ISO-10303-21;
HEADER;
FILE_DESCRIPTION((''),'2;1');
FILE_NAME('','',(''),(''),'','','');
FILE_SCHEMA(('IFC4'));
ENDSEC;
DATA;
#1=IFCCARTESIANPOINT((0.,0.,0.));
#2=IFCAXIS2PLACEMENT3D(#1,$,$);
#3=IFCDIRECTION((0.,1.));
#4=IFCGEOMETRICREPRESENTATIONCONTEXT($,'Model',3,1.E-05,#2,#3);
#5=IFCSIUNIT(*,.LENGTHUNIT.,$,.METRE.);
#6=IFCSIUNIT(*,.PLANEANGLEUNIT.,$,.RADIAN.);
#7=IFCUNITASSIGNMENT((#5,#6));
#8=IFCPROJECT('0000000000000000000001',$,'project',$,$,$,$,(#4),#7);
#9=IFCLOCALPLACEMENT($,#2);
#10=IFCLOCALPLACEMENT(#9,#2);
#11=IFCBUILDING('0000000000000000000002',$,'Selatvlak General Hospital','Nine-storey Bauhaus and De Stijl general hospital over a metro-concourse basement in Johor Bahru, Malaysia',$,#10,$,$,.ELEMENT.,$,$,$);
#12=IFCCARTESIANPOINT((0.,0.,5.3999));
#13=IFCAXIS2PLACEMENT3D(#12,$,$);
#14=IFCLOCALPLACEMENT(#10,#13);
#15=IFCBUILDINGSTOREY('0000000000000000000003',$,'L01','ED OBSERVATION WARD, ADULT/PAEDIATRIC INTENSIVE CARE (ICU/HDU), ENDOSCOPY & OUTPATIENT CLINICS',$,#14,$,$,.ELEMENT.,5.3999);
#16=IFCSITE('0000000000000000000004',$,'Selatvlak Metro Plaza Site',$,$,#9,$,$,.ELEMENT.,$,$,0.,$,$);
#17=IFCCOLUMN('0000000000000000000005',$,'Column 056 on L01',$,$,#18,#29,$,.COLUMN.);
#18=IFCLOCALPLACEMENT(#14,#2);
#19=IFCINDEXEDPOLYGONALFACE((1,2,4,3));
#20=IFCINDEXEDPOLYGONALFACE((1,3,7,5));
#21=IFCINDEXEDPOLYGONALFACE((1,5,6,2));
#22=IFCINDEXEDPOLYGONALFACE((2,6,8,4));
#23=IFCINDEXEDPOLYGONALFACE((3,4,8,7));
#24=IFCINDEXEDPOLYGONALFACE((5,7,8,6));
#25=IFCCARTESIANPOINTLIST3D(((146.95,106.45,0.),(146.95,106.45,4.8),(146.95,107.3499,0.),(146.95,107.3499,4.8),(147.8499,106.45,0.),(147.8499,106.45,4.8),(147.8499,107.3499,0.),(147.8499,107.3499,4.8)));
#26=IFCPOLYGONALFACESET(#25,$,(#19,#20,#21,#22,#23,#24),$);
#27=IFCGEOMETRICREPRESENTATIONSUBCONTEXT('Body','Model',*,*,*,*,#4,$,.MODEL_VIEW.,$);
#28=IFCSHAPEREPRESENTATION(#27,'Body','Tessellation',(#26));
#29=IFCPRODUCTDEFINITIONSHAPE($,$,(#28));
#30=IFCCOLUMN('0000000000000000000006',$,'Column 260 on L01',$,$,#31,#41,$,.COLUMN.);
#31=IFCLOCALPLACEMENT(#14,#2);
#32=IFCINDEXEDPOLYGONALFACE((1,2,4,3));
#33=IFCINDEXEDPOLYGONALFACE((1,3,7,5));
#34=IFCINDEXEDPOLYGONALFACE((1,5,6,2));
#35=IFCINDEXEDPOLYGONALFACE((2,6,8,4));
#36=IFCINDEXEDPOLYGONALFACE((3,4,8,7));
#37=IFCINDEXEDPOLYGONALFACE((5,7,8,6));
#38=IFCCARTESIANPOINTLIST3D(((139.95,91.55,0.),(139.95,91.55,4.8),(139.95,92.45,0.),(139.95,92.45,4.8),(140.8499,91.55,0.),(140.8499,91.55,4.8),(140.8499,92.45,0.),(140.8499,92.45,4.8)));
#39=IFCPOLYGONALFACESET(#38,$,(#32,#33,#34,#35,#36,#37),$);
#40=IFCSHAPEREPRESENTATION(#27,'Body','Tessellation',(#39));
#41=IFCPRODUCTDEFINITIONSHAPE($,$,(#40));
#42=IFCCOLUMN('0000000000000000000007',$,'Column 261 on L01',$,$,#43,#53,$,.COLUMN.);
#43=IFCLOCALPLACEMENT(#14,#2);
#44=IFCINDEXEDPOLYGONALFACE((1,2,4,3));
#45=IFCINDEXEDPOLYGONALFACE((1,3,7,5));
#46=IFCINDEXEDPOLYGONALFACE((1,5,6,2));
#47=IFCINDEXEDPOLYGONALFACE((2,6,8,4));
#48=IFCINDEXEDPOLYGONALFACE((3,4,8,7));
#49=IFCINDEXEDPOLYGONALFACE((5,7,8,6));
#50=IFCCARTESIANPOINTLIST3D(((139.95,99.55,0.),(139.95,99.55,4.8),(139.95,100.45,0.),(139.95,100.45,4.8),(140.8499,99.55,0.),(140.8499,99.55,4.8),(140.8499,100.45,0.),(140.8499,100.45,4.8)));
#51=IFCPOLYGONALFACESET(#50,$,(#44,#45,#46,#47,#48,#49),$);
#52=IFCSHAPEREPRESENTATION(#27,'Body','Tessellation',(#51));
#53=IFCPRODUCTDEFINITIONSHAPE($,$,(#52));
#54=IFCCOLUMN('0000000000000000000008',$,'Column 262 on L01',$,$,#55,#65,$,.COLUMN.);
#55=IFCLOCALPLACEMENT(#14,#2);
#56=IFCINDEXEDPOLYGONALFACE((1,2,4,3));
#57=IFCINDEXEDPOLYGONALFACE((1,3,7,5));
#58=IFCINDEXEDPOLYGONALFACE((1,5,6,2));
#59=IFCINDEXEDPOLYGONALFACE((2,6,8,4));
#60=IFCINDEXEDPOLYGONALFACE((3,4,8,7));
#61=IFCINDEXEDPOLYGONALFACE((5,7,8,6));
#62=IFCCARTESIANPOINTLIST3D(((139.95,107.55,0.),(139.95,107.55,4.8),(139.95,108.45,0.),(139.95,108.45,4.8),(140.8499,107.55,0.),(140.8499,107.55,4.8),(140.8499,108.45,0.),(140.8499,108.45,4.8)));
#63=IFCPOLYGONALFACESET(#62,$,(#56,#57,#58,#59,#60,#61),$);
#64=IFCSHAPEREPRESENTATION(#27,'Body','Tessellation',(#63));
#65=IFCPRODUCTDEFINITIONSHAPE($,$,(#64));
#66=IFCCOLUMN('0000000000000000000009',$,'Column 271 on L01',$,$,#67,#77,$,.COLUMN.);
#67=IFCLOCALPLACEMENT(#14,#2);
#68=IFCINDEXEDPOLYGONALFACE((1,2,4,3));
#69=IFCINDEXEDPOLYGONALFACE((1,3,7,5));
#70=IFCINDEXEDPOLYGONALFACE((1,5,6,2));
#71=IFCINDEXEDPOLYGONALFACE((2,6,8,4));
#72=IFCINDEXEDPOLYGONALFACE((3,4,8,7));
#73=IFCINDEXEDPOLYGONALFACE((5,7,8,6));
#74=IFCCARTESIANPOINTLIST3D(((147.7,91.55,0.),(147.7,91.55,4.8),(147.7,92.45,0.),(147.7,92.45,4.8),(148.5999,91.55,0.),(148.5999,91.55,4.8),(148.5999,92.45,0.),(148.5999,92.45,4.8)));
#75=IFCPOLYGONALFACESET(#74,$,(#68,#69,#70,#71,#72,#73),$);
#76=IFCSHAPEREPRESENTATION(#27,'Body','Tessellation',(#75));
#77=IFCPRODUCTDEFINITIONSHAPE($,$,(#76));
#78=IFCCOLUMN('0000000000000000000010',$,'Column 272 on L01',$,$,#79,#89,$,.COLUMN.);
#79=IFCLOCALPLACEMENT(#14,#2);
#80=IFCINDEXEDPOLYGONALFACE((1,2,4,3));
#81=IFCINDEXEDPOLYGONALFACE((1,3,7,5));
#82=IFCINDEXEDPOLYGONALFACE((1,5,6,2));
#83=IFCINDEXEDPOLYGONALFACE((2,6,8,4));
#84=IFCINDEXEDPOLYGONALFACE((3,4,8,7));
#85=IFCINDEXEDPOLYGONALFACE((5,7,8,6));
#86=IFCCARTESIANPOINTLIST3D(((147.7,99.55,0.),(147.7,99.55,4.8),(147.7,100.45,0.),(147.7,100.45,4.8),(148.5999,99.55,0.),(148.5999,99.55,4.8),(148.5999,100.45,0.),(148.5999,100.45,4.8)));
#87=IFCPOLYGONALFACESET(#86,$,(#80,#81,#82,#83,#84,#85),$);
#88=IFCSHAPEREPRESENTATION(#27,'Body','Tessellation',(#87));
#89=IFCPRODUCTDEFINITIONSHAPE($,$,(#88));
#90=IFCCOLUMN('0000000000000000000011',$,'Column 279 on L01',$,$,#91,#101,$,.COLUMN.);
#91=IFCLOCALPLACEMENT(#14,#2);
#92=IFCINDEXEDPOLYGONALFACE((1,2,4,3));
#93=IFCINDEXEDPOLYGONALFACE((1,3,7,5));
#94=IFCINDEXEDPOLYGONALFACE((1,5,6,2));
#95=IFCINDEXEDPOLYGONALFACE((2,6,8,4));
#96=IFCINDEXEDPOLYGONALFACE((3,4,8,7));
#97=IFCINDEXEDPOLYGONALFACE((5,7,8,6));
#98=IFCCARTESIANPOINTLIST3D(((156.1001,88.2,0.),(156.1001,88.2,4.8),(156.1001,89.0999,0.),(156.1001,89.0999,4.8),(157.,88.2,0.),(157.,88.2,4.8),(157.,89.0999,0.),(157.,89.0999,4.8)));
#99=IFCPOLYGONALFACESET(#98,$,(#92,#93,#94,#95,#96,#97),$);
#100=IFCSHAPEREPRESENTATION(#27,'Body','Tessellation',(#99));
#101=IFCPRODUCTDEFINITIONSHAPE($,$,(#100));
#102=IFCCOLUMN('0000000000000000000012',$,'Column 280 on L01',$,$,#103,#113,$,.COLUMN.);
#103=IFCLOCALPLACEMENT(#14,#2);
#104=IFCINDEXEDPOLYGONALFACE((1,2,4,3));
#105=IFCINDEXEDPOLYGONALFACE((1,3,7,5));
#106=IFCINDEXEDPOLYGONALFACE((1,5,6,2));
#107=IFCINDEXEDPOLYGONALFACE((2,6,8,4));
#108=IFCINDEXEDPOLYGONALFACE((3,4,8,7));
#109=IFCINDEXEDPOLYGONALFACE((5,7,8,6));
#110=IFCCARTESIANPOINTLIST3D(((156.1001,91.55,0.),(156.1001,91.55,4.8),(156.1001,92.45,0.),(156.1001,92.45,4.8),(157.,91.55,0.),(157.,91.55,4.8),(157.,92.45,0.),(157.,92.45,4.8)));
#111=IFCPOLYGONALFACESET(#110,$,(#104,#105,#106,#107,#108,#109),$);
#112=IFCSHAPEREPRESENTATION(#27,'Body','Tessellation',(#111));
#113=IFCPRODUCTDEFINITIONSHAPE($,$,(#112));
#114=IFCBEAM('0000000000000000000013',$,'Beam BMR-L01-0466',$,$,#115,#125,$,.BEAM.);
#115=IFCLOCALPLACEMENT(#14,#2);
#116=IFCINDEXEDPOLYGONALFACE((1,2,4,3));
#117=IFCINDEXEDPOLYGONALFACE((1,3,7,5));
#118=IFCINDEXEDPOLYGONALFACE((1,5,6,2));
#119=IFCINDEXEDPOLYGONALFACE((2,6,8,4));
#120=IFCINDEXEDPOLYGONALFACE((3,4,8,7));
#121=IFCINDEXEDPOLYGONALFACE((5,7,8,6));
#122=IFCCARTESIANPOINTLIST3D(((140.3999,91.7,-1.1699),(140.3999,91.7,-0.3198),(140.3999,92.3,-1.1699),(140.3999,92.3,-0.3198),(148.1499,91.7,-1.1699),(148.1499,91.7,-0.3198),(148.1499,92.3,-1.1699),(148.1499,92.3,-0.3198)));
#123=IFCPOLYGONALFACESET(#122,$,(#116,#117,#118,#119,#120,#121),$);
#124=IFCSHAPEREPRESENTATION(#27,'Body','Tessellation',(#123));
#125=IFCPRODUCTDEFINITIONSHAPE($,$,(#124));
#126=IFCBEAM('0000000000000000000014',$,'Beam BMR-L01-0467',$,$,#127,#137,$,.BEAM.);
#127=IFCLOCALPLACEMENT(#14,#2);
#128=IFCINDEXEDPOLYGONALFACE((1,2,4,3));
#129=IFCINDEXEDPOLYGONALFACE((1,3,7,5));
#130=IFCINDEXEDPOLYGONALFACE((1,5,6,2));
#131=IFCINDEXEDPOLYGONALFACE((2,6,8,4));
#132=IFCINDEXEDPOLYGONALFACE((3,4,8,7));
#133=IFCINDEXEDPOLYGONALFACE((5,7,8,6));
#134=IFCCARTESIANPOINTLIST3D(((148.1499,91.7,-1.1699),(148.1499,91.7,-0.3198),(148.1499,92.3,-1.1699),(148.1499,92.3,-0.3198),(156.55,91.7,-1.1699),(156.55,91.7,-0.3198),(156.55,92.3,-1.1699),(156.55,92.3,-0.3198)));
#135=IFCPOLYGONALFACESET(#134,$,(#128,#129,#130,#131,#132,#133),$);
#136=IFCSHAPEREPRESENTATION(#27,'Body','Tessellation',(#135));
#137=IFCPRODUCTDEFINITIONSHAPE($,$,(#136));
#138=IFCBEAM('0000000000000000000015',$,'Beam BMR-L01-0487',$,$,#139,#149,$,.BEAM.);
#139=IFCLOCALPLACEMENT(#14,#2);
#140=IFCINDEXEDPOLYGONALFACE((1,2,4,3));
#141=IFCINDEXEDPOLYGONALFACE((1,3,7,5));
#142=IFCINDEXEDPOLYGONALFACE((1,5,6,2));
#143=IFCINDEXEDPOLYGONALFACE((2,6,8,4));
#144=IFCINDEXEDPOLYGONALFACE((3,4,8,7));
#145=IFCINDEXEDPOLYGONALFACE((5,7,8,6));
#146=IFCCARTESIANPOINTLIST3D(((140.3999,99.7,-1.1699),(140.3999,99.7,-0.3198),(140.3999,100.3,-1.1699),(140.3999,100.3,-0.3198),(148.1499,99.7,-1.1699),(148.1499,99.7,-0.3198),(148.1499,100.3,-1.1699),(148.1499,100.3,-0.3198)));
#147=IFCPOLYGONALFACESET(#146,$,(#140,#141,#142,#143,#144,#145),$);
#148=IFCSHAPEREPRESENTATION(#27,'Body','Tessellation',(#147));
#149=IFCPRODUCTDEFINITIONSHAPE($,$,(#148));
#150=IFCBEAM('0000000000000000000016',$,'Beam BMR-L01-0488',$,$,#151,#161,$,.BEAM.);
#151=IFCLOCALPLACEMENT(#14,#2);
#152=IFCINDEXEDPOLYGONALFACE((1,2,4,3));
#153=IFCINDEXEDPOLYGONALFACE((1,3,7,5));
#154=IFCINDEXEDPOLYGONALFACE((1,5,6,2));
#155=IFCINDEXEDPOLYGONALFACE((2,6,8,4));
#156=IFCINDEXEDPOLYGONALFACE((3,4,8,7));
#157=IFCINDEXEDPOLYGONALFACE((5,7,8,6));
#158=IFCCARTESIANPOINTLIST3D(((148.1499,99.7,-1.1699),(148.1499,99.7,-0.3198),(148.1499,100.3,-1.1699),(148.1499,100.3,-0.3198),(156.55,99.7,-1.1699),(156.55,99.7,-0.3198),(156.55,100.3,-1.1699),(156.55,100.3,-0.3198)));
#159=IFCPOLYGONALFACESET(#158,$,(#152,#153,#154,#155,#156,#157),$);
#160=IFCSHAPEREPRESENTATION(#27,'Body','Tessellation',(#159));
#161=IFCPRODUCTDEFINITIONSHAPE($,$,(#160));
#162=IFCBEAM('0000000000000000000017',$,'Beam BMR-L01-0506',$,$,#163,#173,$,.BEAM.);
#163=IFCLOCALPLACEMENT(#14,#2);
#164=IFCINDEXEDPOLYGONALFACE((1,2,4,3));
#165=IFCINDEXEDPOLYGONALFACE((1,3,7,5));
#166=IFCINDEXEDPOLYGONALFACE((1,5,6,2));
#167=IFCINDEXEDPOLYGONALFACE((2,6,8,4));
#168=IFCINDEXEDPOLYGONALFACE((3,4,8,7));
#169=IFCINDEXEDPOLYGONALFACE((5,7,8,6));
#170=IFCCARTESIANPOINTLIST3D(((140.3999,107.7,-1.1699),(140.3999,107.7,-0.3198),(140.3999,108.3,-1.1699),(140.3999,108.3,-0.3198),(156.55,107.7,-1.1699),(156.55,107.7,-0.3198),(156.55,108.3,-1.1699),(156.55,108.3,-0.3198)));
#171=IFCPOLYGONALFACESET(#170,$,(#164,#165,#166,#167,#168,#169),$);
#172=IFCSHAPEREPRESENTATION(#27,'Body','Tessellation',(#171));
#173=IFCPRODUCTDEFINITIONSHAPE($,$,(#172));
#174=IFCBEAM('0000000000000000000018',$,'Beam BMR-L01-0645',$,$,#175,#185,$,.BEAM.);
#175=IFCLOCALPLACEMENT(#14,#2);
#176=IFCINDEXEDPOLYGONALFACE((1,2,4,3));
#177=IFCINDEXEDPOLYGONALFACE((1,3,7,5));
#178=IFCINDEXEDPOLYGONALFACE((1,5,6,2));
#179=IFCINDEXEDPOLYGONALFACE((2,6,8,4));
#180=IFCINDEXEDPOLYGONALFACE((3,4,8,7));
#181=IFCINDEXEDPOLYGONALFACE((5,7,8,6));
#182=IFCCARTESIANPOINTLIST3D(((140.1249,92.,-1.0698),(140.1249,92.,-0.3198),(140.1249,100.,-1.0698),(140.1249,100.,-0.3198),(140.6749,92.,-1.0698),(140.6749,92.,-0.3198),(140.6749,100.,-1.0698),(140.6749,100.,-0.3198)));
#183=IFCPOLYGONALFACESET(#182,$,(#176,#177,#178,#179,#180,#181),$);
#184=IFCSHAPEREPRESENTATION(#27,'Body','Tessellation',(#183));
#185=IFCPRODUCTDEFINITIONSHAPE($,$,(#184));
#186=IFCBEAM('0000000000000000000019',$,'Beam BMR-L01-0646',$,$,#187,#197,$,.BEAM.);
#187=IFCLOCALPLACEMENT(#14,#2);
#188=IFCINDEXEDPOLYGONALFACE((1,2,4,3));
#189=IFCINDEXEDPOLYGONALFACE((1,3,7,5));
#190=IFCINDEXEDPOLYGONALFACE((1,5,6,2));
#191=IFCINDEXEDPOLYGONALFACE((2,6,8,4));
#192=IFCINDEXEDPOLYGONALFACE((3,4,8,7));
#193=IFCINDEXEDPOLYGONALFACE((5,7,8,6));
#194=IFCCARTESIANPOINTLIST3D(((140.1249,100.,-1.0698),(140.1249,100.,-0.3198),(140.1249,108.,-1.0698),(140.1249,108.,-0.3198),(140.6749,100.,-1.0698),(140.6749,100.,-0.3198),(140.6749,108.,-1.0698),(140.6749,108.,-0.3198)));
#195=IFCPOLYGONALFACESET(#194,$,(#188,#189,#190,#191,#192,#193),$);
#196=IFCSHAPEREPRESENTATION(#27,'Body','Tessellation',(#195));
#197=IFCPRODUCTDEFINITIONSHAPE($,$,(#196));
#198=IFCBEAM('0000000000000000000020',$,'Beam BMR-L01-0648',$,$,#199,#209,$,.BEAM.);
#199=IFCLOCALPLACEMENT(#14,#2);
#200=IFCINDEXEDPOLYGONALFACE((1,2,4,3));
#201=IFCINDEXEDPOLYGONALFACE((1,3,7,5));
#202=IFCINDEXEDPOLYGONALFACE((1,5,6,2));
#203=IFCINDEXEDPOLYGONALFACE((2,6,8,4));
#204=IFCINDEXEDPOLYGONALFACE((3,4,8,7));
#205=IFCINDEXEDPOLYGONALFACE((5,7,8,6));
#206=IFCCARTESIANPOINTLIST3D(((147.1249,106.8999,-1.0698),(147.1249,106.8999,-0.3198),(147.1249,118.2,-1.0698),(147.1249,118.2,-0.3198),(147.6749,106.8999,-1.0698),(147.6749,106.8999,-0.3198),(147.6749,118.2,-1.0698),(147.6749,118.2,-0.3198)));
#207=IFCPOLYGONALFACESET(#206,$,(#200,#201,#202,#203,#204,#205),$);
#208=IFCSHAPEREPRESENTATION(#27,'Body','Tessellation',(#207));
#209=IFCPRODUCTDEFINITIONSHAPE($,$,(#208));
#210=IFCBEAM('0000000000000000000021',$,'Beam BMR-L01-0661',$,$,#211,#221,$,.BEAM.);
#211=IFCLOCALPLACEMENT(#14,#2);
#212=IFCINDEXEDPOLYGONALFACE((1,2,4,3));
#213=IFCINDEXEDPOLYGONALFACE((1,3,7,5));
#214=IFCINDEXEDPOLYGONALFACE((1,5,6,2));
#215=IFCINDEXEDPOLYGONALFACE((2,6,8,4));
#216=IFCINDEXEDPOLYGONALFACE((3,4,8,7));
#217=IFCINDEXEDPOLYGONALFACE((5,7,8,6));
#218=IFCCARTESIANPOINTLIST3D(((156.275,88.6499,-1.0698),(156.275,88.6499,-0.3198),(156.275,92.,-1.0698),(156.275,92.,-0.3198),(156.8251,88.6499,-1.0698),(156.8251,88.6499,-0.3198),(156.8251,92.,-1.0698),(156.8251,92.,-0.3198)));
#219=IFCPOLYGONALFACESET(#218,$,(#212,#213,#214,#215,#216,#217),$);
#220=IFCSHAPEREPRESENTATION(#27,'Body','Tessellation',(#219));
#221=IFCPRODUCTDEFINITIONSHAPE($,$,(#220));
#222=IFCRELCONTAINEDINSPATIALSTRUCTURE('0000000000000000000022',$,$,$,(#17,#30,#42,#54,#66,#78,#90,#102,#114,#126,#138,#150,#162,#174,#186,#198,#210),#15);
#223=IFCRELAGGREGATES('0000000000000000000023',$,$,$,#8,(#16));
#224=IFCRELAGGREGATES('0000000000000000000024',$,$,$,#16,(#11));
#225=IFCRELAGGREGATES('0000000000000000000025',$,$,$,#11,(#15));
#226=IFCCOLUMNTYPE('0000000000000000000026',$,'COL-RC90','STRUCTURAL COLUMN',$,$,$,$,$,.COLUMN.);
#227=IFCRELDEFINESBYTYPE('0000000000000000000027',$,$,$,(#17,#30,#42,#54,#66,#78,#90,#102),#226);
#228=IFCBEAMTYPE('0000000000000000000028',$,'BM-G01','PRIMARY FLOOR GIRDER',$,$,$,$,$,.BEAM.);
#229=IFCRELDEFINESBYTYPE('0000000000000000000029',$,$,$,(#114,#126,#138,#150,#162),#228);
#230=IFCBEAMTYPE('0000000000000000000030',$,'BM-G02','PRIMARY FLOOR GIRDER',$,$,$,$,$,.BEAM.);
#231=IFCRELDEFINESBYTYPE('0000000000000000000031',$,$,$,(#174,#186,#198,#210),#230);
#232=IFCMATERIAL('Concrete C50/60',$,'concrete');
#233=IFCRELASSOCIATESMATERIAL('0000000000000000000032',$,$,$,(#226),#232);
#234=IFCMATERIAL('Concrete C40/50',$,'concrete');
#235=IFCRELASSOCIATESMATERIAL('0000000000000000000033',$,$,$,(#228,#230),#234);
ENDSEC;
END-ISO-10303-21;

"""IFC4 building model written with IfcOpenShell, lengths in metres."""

from ifc_helpers import new_model, si_unit, direction, frame, origin, origin_2d, place, context, subcontext, project, spatial, rectangle, extrude, material, material_profile, profile_set, type_object, element, save


model = new_model("IFC4")

# Units and contexts
model_context = context("Model", 3, precision=1e-05, world=origin(), true_north=direction((0.0, 1.0)))
body_context = subcontext(model_context, "Body", "Model", "MODEL_VIEW")
ifc_project = project(units=[si_unit("LENGTHUNIT", "METRE"), si_unit("PLANEANGLEUNIT", "RADIAN")], contexts=[model_context])

# Site, building, storey
site_placement = place(None, origin())
site = spatial("IfcSite", under=ifc_project, at=site_placement, Name="Selatvlak Metro Plaza Site", CompositionType="ELEMENT", RefElevation=0.0)
building_placement = place(site_placement, origin())
building = spatial("IfcBuilding", under=site, at=building_placement, Name="Selatvlak General Hospital", Description="Nine-storey Bauhaus and De Stijl general hospital over a metro-concourse basement in Johor Bahru, Malaysia", CompositionType="ELEMENT")
storey_placement = place(building_placement, frame((0.0, 0.0, 5.3999)))
storey = spatial("IfcBuildingStorey", under=building, at=storey_placement, Name="L01", Description="ED OBSERVATION WARD, ADULT/PAEDIATRIC INTENSIVE CARE (ICU/HDU), ENDOSCOPY & OUTPATIENT CLINICS", CompositionType="ELEMENT", Elevation=5.3999)

# Columns
ifc_material_1 = material(Name="Concrete C50/60", Category="concrete")
ifc_material_profile_1 = material_profile(ifc_material_1, rectangle(XDim=0.8999, YDim=0.8999, at=origin_2d()), Name="RC-COL 900x900")
ifc_profile_set_1 = profile_set([ifc_material_profile_1], Name="Concrete C50/60")
column_type = type_object("IfcColumnType", Name="COL-RC90", Description="STRUCTURAL COLUMN", PredefinedType="COLUMN", material=ifc_profile_set_1)
for number, where, z_axis, x_axis, name in (
    (1, (147.3999, 106.8999, 0.0), (0.0, 0.0, 1.0), (1.0, 0.0, 0.0), "Column 056 on L01"),
    (2, (140.3999, 92.0, 0.0), (0.0, 0.0, 1.0), (1.0, 0.0, 0.0), "Column 260 on L01"),
    (3, (140.3999, 100.0, 0.0), (0.0, 0.0, 1.0), (1.0, 0.0, 0.0), "Column 261 on L01"),
    (4, (140.3999, 108.0, 0.0), (0.0, 0.0, 1.0), (1.0, 0.0, 0.0), "Column 262 on L01"),
    (5, (148.1499, 92.0, 0.0), (0.0, 0.0, 1.0), (1.0, 0.0, 0.0), "Column 271 on L01"),
    (6, (148.1499, 100.0, 0.0), (0.0, 0.0, 1.0), (1.0, 0.0, 0.0), "Column 272 on L01"),
    (7, (156.55, 88.6499, 0.0), (0.0, 0.0, 1.0), (1.0, 0.0, 0.0), "Column 279 on L01"),
    (8, (156.55, 92.0, 0.0), (0.0, 0.0, 1.0), (1.0, 0.0, 0.0), "Column 280 on L01"),
):
    element("IfcColumn", number, at=place(storey_placement, frame(where, z_axis=z_axis, x_axis=x_axis)), inside=storey, type_object=column_type, Name=name, PredefinedType="COLUMN", context=body_context, shape_type="SweptSolid", body=[
        extrude(rectangle(XDim=0.8999, YDim=0.8999, at=origin_2d()), origin(), (0.0, 0.0, 1.0), 4.8),
    ])

# Beams
ifc_material_2 = material(Name="Concrete C40/50", Category="concrete")
ifc_material_profile_2 = material_profile(ifc_material_2, rectangle(XDim=0.6001, YDim=0.8501, at=origin_2d()), Name="RC-BM 600x850")
ifc_profile_set_2 = profile_set([ifc_material_profile_2], Name="Concrete C40/50")
beam_type_1 = type_object("IfcBeamType", Name="BM-G01", Description="PRIMARY FLOOR GIRDER", PredefinedType="BEAM", material=ifc_profile_set_2)
beam_1_placement = place(storey_placement, frame((140.3999, 92.0, -0.7449), z_axis=(1.0, 0.0, 0.0), x_axis=(0.0, 1.0, 0.0)))
element("IfcBeam", 9, at=beam_1_placement, inside=storey, type_object=beam_type_1, Name="Beam BMR-L01-0466", PredefinedType="BEAM", context=body_context, shape_type="SweptSolid", body=[
    extrude(rectangle(XDim=0.6001, YDim=0.8501, at=origin_2d()), origin(), (0.0, 0.0, 1.0), 7.75),
])
beam_2_placement = place(storey_placement, frame((148.1499, 92.0, -0.7449), z_axis=(1.0, 0.0, 0.0), x_axis=(0.0, 1.0, 0.0)))
element("IfcBeam", 10, at=beam_2_placement, inside=storey, type_object=beam_type_1, Name="Beam BMR-L01-0467", PredefinedType="BEAM", context=body_context, shape_type="SweptSolid", body=[
    extrude(rectangle(XDim=0.6001, YDim=0.8501, at=origin_2d()), origin(), (0.0, 0.0, 1.0), 8.4001),
])
beam_3_placement = place(storey_placement, frame((140.3999, 100.0, -0.7449), z_axis=(1.0, 0.0, 0.0), x_axis=(0.0, 1.0, 0.0)))
element("IfcBeam", 11, at=beam_3_placement, inside=storey, type_object=beam_type_1, Name="Beam BMR-L01-0487", PredefinedType="BEAM", context=body_context, shape_type="SweptSolid", body=[
    extrude(rectangle(XDim=0.6001, YDim=0.8501, at=origin_2d()), origin(), (0.0, 0.0, 1.0), 7.75),
])
beam_4_placement = place(storey_placement, frame((148.1499, 100.0, -0.7449), z_axis=(1.0, 0.0, 0.0), x_axis=(0.0, 1.0, 0.0)))
element("IfcBeam", 12, at=beam_4_placement, inside=storey, type_object=beam_type_1, Name="Beam BMR-L01-0488", PredefinedType="BEAM", context=body_context, shape_type="SweptSolid", body=[
    extrude(rectangle(XDim=0.6001, YDim=0.8501, at=origin_2d()), origin(), (0.0, 0.0, 1.0), 8.4001),
])
beam_5_placement = place(storey_placement, frame((140.3999, 108.0, -0.7449), z_axis=(1.0, 0.0, 0.0), x_axis=(0.0, 1.0, 0.0)))
element("IfcBeam", 13, at=beam_5_placement, inside=storey, type_object=beam_type_1, Name="Beam BMR-L01-0506", PredefinedType="BEAM", context=body_context, shape_type="SweptSolid", body=[
    extrude(rectangle(XDim=0.6001, YDim=0.8501, at=origin_2d()), origin(), (0.0, 0.0, 1.0), 16.1501),
])
ifc_material_profile_3 = material_profile(ifc_material_2, rectangle(XDim=0.55, YDim=0.75, at=origin_2d()), Name="RC-BM 550x750")
ifc_profile_set_3 = profile_set([ifc_material_profile_3], Name="Concrete C40/50")
beam_type_2 = type_object("IfcBeamType", Name="BM-G02", Description="PRIMARY FLOOR GIRDER", PredefinedType="BEAM", material=ifc_profile_set_3)
for number, where, z_axis, x_axis, name in (
    (14, (140.3999, 92.0, -0.6948), (0.0, 1.0, 0.0), (-1.0, 0.0, 0.0), "Beam BMR-L01-0645"),
    (15, (140.3999, 100.0, -0.6948), (0.0, 1.0, 0.0), (-1.0, 0.0, 0.0), "Beam BMR-L01-0646"),
):
    element("IfcBeam", number, at=place(storey_placement, frame(where, z_axis=z_axis, x_axis=x_axis)), inside=storey, type_object=beam_type_2, Name=name, PredefinedType="BEAM", context=body_context, shape_type="SweptSolid", body=[
        extrude(rectangle(XDim=0.55, YDim=0.75, at=origin_2d()), origin(), (0.0, 0.0, 1.0), 8.0),
    ])
beam_6_placement = place(storey_placement, frame((147.3999, 106.8999, -0.6948), z_axis=(0.0, 1.0, 0.0), x_axis=(-1.0, 0.0, 0.0)))
element("IfcBeam", 16, at=beam_6_placement, inside=storey, type_object=beam_type_2, Name="Beam BMR-L01-0648", PredefinedType="BEAM", context=body_context, shape_type="SweptSolid", body=[
    extrude(rectangle(XDim=0.55, YDim=0.75, at=origin_2d()), origin(), (0.0, 0.0, 1.0), 11.3),
])
beam_7_placement = place(storey_placement, frame((156.55, 88.6499, -0.6948), z_axis=(0.0, 1.0, 0.0), x_axis=(-1.0, 0.0, 0.0)))
element("IfcBeam", 17, at=beam_7_placement, inside=storey, type_object=beam_type_2, Name="Beam BMR-L01-0661", PredefinedType="BEAM", context=body_context, shape_type="SweptSolid", body=[
    extrude(rectangle(XDim=0.55, YDim=0.75, at=origin_2d()), origin(), (0.0, 0.0, 1.0), 3.3501),
])

save(model, "model.ifc")
